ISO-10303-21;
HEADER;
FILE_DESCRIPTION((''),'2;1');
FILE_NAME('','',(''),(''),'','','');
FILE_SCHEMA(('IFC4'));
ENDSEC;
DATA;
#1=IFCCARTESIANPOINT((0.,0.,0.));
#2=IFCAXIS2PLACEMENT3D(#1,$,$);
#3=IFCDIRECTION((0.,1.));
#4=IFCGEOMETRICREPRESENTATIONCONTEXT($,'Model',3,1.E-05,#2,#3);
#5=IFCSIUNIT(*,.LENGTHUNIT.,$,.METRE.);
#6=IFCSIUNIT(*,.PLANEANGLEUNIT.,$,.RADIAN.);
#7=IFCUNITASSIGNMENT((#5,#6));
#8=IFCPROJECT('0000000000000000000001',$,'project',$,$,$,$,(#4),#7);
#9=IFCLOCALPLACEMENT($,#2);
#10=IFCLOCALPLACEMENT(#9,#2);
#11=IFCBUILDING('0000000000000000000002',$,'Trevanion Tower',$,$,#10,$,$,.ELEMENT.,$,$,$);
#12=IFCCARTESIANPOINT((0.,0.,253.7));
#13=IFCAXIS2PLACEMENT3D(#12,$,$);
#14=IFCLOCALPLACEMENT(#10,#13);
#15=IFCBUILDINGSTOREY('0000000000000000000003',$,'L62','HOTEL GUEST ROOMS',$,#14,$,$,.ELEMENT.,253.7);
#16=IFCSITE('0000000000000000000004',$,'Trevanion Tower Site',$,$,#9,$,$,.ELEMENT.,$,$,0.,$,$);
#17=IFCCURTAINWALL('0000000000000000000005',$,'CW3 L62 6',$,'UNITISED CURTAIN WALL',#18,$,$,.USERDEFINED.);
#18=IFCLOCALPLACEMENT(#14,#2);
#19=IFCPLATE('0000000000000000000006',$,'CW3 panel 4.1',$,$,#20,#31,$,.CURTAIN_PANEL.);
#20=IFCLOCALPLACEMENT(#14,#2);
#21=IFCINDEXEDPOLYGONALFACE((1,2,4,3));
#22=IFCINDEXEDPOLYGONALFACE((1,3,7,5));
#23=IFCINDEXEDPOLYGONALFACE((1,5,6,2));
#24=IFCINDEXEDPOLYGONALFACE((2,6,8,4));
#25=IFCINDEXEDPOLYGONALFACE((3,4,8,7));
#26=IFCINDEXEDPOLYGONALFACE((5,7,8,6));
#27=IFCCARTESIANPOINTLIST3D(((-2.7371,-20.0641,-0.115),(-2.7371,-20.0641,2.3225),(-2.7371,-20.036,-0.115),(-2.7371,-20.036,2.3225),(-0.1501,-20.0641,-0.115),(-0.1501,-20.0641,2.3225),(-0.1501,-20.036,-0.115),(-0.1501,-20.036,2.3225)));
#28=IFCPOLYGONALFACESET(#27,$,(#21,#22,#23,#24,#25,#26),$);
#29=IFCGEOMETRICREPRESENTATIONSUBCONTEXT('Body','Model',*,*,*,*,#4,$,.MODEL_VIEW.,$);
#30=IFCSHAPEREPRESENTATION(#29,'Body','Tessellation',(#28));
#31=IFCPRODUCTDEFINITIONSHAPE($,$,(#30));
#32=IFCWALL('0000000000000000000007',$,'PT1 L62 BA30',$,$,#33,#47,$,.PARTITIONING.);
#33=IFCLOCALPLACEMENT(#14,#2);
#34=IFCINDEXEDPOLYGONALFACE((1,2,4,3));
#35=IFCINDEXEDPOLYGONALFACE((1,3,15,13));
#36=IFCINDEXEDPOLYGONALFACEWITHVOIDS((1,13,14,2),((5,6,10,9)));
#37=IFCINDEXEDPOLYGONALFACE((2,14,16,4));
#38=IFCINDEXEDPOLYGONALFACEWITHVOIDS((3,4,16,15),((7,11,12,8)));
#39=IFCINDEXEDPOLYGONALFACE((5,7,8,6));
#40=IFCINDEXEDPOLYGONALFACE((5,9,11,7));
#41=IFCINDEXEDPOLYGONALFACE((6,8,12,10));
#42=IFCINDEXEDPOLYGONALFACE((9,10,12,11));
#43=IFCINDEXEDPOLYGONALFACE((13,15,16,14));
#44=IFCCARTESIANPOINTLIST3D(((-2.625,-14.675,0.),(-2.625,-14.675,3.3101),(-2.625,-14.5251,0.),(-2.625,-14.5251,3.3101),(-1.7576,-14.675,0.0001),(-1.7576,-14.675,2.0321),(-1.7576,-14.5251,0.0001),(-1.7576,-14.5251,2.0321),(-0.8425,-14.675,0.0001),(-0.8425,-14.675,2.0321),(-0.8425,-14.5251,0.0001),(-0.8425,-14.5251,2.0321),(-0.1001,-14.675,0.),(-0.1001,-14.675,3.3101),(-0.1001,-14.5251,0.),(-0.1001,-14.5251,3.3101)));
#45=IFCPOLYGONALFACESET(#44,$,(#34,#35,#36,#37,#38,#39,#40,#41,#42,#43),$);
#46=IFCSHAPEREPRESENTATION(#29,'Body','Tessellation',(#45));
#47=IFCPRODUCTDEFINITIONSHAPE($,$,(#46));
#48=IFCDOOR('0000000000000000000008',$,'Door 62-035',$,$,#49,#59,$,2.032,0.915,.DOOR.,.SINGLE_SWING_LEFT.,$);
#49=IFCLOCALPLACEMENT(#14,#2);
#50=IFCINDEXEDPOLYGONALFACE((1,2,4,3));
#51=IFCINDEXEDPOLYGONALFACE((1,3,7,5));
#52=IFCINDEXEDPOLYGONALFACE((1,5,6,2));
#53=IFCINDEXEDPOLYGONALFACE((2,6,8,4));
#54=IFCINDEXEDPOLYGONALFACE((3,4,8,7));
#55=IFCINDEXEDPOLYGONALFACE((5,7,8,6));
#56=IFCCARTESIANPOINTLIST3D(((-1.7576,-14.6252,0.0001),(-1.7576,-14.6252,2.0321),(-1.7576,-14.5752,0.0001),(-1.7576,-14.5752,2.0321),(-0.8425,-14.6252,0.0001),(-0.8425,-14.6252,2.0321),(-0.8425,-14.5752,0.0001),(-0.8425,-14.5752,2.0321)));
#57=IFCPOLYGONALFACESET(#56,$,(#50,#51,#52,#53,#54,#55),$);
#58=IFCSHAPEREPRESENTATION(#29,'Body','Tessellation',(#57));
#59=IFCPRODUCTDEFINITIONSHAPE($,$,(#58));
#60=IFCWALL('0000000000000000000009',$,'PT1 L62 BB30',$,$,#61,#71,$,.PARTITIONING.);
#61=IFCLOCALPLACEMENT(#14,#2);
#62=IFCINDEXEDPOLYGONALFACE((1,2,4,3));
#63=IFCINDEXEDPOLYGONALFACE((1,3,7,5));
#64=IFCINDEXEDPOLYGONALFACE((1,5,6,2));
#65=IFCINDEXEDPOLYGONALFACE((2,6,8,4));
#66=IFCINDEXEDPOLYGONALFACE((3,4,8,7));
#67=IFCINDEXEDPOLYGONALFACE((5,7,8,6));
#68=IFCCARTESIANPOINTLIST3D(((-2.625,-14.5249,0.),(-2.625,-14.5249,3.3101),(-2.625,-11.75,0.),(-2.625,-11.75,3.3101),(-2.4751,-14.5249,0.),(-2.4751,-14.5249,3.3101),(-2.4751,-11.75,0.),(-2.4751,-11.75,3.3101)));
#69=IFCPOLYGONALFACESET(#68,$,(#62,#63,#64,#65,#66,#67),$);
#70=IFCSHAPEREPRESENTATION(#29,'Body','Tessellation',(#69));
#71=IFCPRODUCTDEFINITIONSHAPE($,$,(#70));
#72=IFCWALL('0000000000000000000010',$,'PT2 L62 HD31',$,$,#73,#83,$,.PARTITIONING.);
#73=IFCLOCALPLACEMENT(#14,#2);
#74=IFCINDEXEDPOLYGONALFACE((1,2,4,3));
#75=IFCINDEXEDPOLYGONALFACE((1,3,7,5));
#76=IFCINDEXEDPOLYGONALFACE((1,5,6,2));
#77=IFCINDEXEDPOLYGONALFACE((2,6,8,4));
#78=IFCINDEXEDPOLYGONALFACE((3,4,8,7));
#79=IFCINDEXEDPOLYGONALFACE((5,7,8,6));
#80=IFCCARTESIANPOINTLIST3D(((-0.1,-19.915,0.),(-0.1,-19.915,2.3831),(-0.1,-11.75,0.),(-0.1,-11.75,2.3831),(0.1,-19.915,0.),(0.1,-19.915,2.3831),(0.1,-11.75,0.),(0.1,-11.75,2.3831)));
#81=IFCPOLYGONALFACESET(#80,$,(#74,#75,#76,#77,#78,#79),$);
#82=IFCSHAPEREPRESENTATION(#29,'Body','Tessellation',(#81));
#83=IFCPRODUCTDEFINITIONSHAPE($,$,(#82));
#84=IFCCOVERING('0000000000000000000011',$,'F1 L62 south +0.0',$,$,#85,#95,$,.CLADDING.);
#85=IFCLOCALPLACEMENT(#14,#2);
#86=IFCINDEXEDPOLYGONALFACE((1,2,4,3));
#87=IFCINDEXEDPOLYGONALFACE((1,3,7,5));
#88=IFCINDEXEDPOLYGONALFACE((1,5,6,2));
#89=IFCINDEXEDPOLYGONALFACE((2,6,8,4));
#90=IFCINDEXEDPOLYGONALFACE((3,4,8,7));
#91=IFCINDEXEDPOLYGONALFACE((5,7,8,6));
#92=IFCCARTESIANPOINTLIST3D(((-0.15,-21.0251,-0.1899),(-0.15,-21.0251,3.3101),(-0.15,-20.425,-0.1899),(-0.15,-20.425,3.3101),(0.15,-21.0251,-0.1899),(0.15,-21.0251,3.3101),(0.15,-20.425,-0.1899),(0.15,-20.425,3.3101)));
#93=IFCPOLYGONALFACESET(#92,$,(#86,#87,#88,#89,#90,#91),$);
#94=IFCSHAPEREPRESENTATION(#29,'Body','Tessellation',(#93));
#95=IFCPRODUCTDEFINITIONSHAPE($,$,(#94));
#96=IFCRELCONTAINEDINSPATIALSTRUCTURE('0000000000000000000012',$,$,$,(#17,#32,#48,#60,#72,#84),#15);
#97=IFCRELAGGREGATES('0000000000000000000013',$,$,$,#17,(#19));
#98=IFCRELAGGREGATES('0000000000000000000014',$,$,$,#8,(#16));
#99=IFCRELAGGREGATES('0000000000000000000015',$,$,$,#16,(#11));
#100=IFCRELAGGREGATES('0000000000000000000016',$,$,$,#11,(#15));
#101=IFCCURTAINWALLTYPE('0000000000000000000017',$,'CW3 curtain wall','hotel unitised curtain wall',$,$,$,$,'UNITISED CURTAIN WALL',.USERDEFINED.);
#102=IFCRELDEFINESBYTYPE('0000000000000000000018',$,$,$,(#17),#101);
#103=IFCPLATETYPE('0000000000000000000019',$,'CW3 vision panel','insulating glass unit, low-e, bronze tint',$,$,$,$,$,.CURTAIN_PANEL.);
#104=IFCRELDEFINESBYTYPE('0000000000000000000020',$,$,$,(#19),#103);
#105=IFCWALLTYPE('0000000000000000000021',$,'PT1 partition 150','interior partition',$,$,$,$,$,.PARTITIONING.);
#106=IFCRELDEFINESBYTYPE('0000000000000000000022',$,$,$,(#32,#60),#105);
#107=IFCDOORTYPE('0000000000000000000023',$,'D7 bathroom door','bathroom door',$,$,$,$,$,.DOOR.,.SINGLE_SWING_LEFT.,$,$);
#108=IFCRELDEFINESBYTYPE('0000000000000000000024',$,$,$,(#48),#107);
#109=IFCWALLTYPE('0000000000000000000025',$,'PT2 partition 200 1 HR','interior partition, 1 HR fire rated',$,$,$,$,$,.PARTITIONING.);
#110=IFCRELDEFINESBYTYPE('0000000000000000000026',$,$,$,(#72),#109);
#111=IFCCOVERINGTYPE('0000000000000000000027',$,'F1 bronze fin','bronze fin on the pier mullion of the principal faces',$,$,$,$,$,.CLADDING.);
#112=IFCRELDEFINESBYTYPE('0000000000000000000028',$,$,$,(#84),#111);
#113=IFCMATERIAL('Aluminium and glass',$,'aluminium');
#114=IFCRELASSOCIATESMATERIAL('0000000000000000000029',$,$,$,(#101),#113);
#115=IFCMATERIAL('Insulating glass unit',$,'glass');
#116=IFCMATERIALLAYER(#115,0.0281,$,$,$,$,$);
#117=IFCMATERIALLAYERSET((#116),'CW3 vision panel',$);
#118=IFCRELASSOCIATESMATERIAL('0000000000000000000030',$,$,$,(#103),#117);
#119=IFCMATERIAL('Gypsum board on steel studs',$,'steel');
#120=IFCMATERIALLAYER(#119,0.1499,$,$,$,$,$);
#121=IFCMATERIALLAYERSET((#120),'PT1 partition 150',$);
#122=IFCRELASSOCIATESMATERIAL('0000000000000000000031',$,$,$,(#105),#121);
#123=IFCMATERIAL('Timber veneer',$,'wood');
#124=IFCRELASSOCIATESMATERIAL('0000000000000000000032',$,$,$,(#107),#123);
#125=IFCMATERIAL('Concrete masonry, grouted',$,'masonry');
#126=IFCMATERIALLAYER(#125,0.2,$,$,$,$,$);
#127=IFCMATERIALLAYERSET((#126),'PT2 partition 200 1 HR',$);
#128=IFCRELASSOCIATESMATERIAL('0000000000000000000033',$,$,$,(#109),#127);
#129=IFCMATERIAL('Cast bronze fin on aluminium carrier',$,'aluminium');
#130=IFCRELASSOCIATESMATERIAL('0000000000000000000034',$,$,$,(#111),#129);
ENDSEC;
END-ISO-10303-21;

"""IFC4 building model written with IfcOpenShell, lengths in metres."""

from ifc_helpers import new_model, si_unit, direction, frame, frame_2d, origin, origin_2d, place, context, subcontext, project, spatial, rectangle, extrude, material, layer, layer_set, type_object, element, fill, aggregate, save


model = new_model("IFC4")

# Units and contexts
model_context = context("Model", 3, precision=1e-05, world=origin(), true_north=direction((0.0, 1.0)))
body_context = subcontext(model_context, "Body", "Model", "MODEL_VIEW")
ifc_project = project(units=[si_unit("LENGTHUNIT", "METRE"), si_unit("PLANEANGLEUNIT", "RADIAN")], contexts=[model_context])

# Site, building, storey
site_placement = place(None, origin())
site = spatial("IfcSite", under=ifc_project, at=site_placement, Name="Trevanion Tower Site", CompositionType="ELEMENT", RefElevation=0.0)
building_placement = place(site_placement, origin())
building = spatial("IfcBuilding", under=site, at=building_placement, Name="Trevanion Tower", CompositionType="ELEMENT")
storey_placement = place(building_placement, frame((0.0, 0.0, 253.7)))
storey = spatial("IfcBuildingStorey", under=building, at=storey_placement, Name="L62", Description="HOTEL GUEST ROOMS", CompositionType="ELEMENT", Elevation=253.7)

# Curtain wall
ifc_material_1 = material(Name="Aluminium and glass", Category="aluminium")
curtain_wall_type = type_object("IfcCurtainWallType", Name="CW3 curtain wall", Description="hotel unitised curtain wall", ElementType="UNITISED CURTAIN WALL", PredefinedType="USERDEFINED", material=ifc_material_1)
curtain_wall_placement = place(storey_placement, origin())
curtain_wall = element("IfcCurtainWall", 1, at=curtain_wall_placement, inside=storey, type_object=curtain_wall_type, Name="CW3 L62 6", ObjectType="UNITISED CURTAIN WALL", PredefinedType="USERDEFINED")

# Plate
ifc_material_2 = material(Name="Insulating glass unit", Category="glass")
ifc_layer_1 = layer(ifc_material_2, 0.0281)
ifc_layer_set_1 = layer_set([ifc_layer_1], Name="CW3 vision panel")
plate_type_1 = type_object("IfcPlateType", Name="CW3 vision panel", Description="insulating glass unit, low-e, bronze tint", PredefinedType="CURTAIN_PANEL", material=ifc_layer_set_1)
plate_1_placement = place(storey_placement, frame((-1.4436, -20.05, -0.115), z_axis=(0.0, 0.0, 1.0), x_axis=(1.0, 0.0, 0.0)))
plate_1 = element("IfcPlate", 2, at=plate_1_placement, type_object=plate_type_1, Name="CW3 panel 4.1", PredefinedType="CURTAIN_PANEL", context=body_context, shape_type="SweptSolid", body=[
    extrude(rectangle(XDim=2.5869, YDim=0.0281, at=origin_2d()), origin(), (0.0, 0.0, 1.0), 2.4375),
])
aggregate(curtain_wall, [plate_1])

# Wall, opening, door
ifc_material_3 = material(Name="Gypsum board on steel studs", Category="steel")
ifc_layer_2 = layer(ifc_material_3, 0.1499)
ifc_layer_set_2 = layer_set([ifc_layer_2], Name="PT1 partition 150")
wall_type_1 = type_object("IfcWallType", Name="PT1 partition 150", Description="interior partition", PredefinedType="PARTITIONING", material=ifc_layer_set_2)
wall_1_placement = place(storey_placement, frame((-2.625, -14.6001, 0.0), z_axis=(0.0, 0.0, 1.0), x_axis=(1.0, 0.0, 0.0)))
wall_1 = element("IfcWall", 3, at=wall_1_placement, inside=storey, type_object=wall_type_1, Name="PT1 L62 BA30", PredefinedType="PARTITIONING", context=body_context, shape_type="SweptSolid", body=[
    extrude(rectangle(XDim=2.5249, YDim=0.1499, at=frame_2d((1.2625, 0.0))), origin(), (0.0, 0.0, 1.0), 3.3101),
])
opening_placement = place(wall_1_placement, frame((0.8674, 0.0, 0.0)))
opening = element("IfcOpeningElement", 4, at=opening_placement, cuts=wall_1, PredefinedType="OPENING", context=body_context, shape_type="SweptSolid", body=[
    extrude(rectangle(XDim=0.915, YDim=2.032, at=frame_2d((0.4575, 1.0161))), frame((0.0, 0.085, 0.0), z_axis=(0.0, -1.0, 0.0), x_axis=(1.0, 0.0, 0.0)), (0.0, 0.0, 1.0), 0.1699),
])
ifc_material_4 = material(Name="Timber veneer", Category="wood")
door_type = type_object("IfcDoorType", Name="D7 bathroom door", Description="bathroom door", OperationType="SINGLE_SWING_LEFT", PredefinedType="DOOR", material=ifc_material_4)
door_placement = place(opening_placement, origin())
door = element("IfcDoor", 5, at=door_placement, inside=storey, type_object=door_type, Name="Door 62-035", OperationType="SINGLE_SWING_LEFT", OverallHeight=2.032, OverallWidth=0.915, PredefinedType="DOOR", context=body_context, shape_type="SweptSolid", body=[
    extrude(rectangle(XDim=0.915, YDim=2.032, at=frame_2d((0.4575, 1.0161))), frame((0.0, 0.0249, 0.0), z_axis=(0.0, -1.0, 0.0), x_axis=(1.0, 0.0, 0.0)), (0.0, 0.0, 1.0), 0.05),
])
fill(opening, door)

# Walls
wall_2_placement = place(storey_placement, frame((-2.55, -11.75, 0.0), z_axis=(0.0, 0.0, 1.0), x_axis=(0.0, -1.0, 0.0)))
element("IfcWall", 6, at=wall_2_placement, inside=storey, type_object=wall_type_1, Name="PT1 L62 BB30", PredefinedType="PARTITIONING", context=body_context, shape_type="SweptSolid", body=[
    extrude(rectangle(XDim=2.7749, YDim=0.1499, at=frame_2d((1.3875, 0.0))), origin(), (0.0, 0.0, 1.0), 3.3101),
])
ifc_material_5 = material(Name="Concrete masonry, grouted", Category="masonry")
ifc_layer_3 = layer(ifc_material_5, 0.2)
ifc_layer_set_3 = layer_set([ifc_layer_3], Name="PT2 partition 200 1 HR")
wall_type_2 = type_object("IfcWallType", Name="PT2 partition 200 1 HR", Description="interior partition, 1 HR fire rated", PredefinedType="PARTITIONING", material=ifc_layer_set_3)
wall_3_placement = place(storey_placement, frame((0.0, -11.75, 0.0), z_axis=(0.0, 0.0, 1.0), x_axis=(0.0, -1.0, 0.0)))
element("IfcWall", 7, at=wall_3_placement, inside=storey, type_object=wall_type_2, Name="PT2 L62 HD31", PredefinedType="PARTITIONING", context=body_context, shape_type="SweptSolid", body=[
    extrude(rectangle(XDim=8.165, YDim=0.2, at=frame_2d((4.0825, 0.0))), origin(), (0.0, 0.0, 1.0), 2.3831),
])

# Covering
ifc_material_6 = material(Name="Cast bronze fin on aluminium carrier", Category="aluminium")
covering_type = type_object("IfcCoveringType", Name="F1 bronze fin", Description="bronze fin on the pier mullion of the principal faces", PredefinedType="CLADDING", material=ifc_material_6)
covering_placement = place(storey_placement, frame((0.0, -20.7251, -0.1899), z_axis=(0.0, 0.0, 1.0), x_axis=(1.0, 0.0, 0.0)))
element("IfcCovering", 8, at=covering_placement, inside=storey, type_object=covering_type, Name="F1 L62 south +0.0", PredefinedType="CLADDING", context=body_context, shape_type="SweptSolid", body=[
    extrude(rectangle(XDim=0.3, YDim=0.6001, at=origin_2d()), origin(), (0.0, 0.0, 1.0), 3.5),
])

save(model, "model.ifc")
